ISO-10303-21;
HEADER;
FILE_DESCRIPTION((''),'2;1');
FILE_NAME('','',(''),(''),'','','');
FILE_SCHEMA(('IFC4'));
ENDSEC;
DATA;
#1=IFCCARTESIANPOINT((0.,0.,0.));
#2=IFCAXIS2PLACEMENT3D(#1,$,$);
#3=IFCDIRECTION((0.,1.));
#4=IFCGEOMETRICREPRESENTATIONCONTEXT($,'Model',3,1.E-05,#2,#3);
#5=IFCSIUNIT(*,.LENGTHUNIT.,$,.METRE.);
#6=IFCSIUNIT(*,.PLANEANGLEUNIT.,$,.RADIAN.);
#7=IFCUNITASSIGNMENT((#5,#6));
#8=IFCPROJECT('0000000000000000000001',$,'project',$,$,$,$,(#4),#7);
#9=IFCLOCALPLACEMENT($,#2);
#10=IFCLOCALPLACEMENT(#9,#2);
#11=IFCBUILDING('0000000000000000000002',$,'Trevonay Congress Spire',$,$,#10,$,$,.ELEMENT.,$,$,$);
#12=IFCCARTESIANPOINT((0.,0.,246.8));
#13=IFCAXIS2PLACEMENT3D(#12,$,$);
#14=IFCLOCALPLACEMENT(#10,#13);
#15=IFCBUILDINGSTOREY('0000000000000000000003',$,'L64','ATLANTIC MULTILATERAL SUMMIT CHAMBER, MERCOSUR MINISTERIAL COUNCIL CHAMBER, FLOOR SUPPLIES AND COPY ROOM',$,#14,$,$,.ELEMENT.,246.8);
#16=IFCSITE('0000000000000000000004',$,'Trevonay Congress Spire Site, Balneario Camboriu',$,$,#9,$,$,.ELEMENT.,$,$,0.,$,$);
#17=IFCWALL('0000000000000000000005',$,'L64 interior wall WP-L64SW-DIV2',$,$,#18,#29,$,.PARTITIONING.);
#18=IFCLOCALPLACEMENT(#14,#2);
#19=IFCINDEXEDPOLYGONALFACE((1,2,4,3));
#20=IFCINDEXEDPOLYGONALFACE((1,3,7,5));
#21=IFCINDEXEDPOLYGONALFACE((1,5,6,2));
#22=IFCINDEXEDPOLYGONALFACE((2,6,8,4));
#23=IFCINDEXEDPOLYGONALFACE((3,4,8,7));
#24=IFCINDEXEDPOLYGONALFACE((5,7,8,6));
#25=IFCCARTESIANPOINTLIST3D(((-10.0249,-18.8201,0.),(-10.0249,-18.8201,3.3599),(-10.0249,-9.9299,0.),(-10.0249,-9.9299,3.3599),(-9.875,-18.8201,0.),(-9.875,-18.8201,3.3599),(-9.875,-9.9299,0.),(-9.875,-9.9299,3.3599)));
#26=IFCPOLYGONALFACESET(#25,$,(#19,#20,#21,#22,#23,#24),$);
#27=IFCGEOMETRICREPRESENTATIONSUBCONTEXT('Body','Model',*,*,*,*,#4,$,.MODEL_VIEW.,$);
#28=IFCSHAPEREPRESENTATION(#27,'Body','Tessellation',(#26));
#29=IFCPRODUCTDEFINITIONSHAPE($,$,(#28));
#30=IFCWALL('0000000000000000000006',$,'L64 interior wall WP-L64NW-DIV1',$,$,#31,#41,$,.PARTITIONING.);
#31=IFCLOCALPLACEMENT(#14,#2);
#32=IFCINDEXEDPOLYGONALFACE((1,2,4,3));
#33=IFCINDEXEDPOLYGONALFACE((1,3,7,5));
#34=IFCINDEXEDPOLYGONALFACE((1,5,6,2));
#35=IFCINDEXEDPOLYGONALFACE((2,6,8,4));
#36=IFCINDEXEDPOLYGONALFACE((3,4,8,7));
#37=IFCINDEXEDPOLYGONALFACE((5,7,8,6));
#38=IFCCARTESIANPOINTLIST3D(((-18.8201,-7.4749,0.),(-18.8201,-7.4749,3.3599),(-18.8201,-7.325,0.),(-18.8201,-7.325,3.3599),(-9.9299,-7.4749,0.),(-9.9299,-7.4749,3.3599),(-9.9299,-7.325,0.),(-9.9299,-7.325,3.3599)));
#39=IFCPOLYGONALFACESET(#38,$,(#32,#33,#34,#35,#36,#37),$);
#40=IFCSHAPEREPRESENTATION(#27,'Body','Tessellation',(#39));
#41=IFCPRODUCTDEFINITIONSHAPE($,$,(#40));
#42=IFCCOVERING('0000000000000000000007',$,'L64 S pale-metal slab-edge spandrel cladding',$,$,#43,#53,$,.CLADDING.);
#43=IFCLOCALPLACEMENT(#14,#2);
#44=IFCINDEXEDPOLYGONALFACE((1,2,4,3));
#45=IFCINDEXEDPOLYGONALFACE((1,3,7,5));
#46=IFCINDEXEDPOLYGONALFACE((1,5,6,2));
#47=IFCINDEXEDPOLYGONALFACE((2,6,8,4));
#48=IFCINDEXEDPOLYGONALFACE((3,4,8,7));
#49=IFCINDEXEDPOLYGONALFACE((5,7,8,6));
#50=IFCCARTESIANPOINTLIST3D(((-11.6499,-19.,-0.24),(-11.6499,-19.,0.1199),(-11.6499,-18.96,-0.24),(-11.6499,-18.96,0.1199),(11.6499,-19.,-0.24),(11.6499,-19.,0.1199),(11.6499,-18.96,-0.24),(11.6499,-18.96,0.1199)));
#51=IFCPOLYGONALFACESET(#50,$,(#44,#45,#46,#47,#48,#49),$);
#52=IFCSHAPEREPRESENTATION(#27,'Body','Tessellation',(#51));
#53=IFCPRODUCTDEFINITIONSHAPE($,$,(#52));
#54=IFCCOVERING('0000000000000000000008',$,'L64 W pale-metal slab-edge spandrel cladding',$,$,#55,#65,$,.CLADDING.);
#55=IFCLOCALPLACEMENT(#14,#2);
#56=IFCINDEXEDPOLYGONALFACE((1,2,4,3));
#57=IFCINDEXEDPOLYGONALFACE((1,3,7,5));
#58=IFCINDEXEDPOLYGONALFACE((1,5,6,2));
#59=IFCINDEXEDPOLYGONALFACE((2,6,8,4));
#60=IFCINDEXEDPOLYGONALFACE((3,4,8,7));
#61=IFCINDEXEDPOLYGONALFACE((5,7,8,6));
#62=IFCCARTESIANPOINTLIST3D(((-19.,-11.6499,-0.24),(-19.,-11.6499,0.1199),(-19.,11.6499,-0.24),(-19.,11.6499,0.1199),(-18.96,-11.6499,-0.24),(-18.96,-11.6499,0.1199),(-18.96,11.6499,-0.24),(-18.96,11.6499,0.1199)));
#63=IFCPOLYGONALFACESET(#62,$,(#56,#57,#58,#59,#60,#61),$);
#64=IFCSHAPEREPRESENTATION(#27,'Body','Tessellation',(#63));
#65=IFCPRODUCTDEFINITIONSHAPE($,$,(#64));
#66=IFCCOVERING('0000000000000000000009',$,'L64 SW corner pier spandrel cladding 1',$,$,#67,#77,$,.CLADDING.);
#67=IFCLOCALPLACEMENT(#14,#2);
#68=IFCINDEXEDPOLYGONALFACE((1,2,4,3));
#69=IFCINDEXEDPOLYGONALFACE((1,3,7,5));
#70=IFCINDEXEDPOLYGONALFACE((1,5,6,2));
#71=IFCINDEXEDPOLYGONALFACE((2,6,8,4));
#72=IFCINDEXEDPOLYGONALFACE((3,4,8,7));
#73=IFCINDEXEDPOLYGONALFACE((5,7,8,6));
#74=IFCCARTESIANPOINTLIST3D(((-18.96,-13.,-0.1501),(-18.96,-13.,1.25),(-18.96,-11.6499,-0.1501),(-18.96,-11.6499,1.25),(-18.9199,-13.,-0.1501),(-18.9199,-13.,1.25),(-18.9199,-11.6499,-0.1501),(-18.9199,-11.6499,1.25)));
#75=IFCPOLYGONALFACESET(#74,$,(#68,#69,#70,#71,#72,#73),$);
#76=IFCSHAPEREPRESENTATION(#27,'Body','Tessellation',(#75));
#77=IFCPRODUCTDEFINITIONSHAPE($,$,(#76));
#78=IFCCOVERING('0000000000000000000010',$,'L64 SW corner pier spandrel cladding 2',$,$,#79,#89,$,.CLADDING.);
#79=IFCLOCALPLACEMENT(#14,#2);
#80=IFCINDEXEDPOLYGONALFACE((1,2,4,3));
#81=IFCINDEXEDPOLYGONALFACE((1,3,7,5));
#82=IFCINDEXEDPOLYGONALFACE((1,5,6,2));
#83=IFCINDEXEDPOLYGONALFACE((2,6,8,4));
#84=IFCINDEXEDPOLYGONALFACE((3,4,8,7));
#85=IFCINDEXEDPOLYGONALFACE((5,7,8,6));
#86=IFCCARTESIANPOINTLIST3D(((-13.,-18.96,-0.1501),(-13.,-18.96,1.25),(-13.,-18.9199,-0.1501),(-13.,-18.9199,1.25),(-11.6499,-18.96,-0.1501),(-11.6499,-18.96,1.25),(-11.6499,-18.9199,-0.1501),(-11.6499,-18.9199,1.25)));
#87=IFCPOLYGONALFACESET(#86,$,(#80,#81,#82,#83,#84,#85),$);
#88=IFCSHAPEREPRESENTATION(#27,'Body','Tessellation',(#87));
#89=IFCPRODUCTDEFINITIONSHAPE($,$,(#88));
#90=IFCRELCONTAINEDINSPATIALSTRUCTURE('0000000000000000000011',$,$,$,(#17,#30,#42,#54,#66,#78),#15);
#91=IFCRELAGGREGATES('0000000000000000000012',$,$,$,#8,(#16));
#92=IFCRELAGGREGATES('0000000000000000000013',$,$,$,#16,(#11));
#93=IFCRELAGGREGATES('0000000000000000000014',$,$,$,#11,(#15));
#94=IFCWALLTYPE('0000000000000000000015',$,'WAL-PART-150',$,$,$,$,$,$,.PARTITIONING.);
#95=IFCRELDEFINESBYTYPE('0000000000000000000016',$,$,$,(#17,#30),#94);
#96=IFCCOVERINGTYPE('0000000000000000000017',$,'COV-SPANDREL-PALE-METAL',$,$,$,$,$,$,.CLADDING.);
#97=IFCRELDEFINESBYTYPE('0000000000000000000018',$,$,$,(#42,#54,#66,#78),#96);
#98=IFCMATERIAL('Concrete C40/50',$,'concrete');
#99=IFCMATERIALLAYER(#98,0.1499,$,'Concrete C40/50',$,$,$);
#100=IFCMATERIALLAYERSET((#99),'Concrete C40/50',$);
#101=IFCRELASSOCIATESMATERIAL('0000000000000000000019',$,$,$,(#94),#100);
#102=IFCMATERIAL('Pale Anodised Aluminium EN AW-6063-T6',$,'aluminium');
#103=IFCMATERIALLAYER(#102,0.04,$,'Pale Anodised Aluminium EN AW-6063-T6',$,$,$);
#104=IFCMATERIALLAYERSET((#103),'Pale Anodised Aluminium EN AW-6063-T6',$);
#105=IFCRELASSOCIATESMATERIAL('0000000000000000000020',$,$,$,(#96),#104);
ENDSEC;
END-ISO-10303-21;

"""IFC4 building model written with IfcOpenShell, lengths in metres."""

from ifc_helpers import new_model, si_unit, direction, frame, frame_2d, origin, place, context, subcontext, project, spatial, rectangle, extrude, material, layer, layer_set, type_object, element, save


model = new_model("IFC4")

# Units and contexts
model_context = context("Model", 3, precision=1e-05, world=origin(), true_north=direction((0.0, 1.0)))
body_context = subcontext(model_context, "Body", "Model", "MODEL_VIEW")
ifc_project = project(units=[si_unit("LENGTHUNIT", "METRE"), si_unit("PLANEANGLEUNIT", "RADIAN")], contexts=[model_context])

# Site, building, storey
site_placement = place(None, origin())
site = spatial("IfcSite", under=ifc_project, at=site_placement, Name="Trevonay Congress Spire Site, Balneario Camboriu", CompositionType="ELEMENT", RefElevation=0.0)
building_placement = place(site_placement, origin())
building = spatial("IfcBuilding", under=site, at=building_placement, Name="Trevonay Congress Spire", CompositionType="ELEMENT")
storey_placement = place(building_placement, frame((0.0, 0.0, 246.8)))
storey = spatial("IfcBuildingStorey", under=building, at=storey_placement, Name="L64", Description="ATLANTIC MULTILATERAL SUMMIT CHAMBER, MERCOSUR MINISTERIAL COUNCIL CHAMBER, FLOOR SUPPLIES AND COPY ROOM", CompositionType="ELEMENT", Elevation=246.8)

# Shared definitions
ifc_material_1 = material(Name="Pale Anodised Aluminium EN AW-6063-T6", Category="aluminium")

# Shared definitions
ifc_material_2 = material(Name="Concrete C40/50", Category="concrete")

# Walls
ifc_layer_1 = layer(ifc_material_2, 0.1499, Name="Concrete C40/50")
ifc_layer_set_1 = layer_set([ifc_layer_1], Name="Concrete C40/50")
wall_type_1 = type_object("IfcWallType", Name="WAL-PART-150", PredefinedType="PARTITIONING", material=ifc_layer_set_1)
for number, where, z_axis, x_axis, name in (
    (1, (-9.95, -18.8201, 0.0), (0.0, 0.0, 1.0), (0.0, 1.0, 0.0), "L64 interior wall WP-L64SW-DIV2"),
    (2, (-18.8201, -7.3999, 0.0), (0.0, 0.0, 1.0), (1.0, 0.0, 0.0), "L64 interior wall WP-L64NW-DIV1"),
):
    element("IfcWall", number, at=place(storey_placement, frame(where, z_axis=z_axis, x_axis=x_axis)), inside=storey, type_object=wall_type_1, Name=name, PredefinedType="PARTITIONING", context=body_context, shape_type="SweptSolid", body=[
        extrude(rectangle(XDim=8.8901, YDim=0.1499, at=frame_2d((4.4451, 0.0))), origin(), (0.0, 0.0, 1.0), 3.3599),
    ])

# Coverings
ifc_layer_2 = layer(ifc_material_1, 0.04, Name="Pale Anodised Aluminium EN AW-6063-T6")
ifc_layer_set_2 = layer_set([ifc_layer_2], Name="Pale Anodised Aluminium EN AW-6063-T6")
covering_type = type_object("IfcCoveringType", Name="COV-SPANDREL-PALE-METAL", PredefinedType="CLADDING", material=ifc_layer_set_2)
for number, where, z_axis, x_axis, name in (
    (3, (-11.6499, -18.98, -0.24), (0.0, 0.0, 1.0), (1.0, 0.0, 0.0), "L64 S pale-metal slab-edge spandrel cladding"),
    (4, (-18.98, -11.6499, -0.24), (0.0, 0.0, 1.0), (0.0, 1.0, 0.0), "L64 W pale-metal slab-edge spandrel cladding"),
):
    element("IfcCovering", number, at=place(storey_placement, frame(where, z_axis=z_axis, x_axis=x_axis)), inside=storey, type_object=covering_type, Name=name, PredefinedType="CLADDING", context=body_context, shape_type="SweptSolid", body=[
        extrude(rectangle(XDim=23.2998, YDim=0.04, at=frame_2d((11.6499, 0.0))), origin(), (0.0, 0.0, 1.0), 0.3599),
    ])
for number, where, z_axis, x_axis, name in (
    (5, (-18.9399, -11.6499, -0.1501), (0.0, 0.0, 1.0), (0.0, -1.0, 0.0), "L64 SW corner pier spandrel cladding 1"),
    (6, (-11.6499, -18.9399, -0.1501), (0.0, 0.0, 1.0), (-1.0, 0.0, 0.0), "L64 SW corner pier spandrel cladding 2"),
):
    element("IfcCovering", number, at=place(storey_placement, frame(where, z_axis=z_axis, x_axis=x_axis)), inside=storey, type_object=covering_type, Name=name, PredefinedType="CLADDING", context=body_context, shape_type="SweptSolid", body=[
        extrude(rectangle(XDim=1.3501, YDim=0.04, at=frame_2d((0.675, 0.0))), origin(), (0.0, 0.0, 1.0), 1.4001),
    ])

save(model, "model.ifc")
